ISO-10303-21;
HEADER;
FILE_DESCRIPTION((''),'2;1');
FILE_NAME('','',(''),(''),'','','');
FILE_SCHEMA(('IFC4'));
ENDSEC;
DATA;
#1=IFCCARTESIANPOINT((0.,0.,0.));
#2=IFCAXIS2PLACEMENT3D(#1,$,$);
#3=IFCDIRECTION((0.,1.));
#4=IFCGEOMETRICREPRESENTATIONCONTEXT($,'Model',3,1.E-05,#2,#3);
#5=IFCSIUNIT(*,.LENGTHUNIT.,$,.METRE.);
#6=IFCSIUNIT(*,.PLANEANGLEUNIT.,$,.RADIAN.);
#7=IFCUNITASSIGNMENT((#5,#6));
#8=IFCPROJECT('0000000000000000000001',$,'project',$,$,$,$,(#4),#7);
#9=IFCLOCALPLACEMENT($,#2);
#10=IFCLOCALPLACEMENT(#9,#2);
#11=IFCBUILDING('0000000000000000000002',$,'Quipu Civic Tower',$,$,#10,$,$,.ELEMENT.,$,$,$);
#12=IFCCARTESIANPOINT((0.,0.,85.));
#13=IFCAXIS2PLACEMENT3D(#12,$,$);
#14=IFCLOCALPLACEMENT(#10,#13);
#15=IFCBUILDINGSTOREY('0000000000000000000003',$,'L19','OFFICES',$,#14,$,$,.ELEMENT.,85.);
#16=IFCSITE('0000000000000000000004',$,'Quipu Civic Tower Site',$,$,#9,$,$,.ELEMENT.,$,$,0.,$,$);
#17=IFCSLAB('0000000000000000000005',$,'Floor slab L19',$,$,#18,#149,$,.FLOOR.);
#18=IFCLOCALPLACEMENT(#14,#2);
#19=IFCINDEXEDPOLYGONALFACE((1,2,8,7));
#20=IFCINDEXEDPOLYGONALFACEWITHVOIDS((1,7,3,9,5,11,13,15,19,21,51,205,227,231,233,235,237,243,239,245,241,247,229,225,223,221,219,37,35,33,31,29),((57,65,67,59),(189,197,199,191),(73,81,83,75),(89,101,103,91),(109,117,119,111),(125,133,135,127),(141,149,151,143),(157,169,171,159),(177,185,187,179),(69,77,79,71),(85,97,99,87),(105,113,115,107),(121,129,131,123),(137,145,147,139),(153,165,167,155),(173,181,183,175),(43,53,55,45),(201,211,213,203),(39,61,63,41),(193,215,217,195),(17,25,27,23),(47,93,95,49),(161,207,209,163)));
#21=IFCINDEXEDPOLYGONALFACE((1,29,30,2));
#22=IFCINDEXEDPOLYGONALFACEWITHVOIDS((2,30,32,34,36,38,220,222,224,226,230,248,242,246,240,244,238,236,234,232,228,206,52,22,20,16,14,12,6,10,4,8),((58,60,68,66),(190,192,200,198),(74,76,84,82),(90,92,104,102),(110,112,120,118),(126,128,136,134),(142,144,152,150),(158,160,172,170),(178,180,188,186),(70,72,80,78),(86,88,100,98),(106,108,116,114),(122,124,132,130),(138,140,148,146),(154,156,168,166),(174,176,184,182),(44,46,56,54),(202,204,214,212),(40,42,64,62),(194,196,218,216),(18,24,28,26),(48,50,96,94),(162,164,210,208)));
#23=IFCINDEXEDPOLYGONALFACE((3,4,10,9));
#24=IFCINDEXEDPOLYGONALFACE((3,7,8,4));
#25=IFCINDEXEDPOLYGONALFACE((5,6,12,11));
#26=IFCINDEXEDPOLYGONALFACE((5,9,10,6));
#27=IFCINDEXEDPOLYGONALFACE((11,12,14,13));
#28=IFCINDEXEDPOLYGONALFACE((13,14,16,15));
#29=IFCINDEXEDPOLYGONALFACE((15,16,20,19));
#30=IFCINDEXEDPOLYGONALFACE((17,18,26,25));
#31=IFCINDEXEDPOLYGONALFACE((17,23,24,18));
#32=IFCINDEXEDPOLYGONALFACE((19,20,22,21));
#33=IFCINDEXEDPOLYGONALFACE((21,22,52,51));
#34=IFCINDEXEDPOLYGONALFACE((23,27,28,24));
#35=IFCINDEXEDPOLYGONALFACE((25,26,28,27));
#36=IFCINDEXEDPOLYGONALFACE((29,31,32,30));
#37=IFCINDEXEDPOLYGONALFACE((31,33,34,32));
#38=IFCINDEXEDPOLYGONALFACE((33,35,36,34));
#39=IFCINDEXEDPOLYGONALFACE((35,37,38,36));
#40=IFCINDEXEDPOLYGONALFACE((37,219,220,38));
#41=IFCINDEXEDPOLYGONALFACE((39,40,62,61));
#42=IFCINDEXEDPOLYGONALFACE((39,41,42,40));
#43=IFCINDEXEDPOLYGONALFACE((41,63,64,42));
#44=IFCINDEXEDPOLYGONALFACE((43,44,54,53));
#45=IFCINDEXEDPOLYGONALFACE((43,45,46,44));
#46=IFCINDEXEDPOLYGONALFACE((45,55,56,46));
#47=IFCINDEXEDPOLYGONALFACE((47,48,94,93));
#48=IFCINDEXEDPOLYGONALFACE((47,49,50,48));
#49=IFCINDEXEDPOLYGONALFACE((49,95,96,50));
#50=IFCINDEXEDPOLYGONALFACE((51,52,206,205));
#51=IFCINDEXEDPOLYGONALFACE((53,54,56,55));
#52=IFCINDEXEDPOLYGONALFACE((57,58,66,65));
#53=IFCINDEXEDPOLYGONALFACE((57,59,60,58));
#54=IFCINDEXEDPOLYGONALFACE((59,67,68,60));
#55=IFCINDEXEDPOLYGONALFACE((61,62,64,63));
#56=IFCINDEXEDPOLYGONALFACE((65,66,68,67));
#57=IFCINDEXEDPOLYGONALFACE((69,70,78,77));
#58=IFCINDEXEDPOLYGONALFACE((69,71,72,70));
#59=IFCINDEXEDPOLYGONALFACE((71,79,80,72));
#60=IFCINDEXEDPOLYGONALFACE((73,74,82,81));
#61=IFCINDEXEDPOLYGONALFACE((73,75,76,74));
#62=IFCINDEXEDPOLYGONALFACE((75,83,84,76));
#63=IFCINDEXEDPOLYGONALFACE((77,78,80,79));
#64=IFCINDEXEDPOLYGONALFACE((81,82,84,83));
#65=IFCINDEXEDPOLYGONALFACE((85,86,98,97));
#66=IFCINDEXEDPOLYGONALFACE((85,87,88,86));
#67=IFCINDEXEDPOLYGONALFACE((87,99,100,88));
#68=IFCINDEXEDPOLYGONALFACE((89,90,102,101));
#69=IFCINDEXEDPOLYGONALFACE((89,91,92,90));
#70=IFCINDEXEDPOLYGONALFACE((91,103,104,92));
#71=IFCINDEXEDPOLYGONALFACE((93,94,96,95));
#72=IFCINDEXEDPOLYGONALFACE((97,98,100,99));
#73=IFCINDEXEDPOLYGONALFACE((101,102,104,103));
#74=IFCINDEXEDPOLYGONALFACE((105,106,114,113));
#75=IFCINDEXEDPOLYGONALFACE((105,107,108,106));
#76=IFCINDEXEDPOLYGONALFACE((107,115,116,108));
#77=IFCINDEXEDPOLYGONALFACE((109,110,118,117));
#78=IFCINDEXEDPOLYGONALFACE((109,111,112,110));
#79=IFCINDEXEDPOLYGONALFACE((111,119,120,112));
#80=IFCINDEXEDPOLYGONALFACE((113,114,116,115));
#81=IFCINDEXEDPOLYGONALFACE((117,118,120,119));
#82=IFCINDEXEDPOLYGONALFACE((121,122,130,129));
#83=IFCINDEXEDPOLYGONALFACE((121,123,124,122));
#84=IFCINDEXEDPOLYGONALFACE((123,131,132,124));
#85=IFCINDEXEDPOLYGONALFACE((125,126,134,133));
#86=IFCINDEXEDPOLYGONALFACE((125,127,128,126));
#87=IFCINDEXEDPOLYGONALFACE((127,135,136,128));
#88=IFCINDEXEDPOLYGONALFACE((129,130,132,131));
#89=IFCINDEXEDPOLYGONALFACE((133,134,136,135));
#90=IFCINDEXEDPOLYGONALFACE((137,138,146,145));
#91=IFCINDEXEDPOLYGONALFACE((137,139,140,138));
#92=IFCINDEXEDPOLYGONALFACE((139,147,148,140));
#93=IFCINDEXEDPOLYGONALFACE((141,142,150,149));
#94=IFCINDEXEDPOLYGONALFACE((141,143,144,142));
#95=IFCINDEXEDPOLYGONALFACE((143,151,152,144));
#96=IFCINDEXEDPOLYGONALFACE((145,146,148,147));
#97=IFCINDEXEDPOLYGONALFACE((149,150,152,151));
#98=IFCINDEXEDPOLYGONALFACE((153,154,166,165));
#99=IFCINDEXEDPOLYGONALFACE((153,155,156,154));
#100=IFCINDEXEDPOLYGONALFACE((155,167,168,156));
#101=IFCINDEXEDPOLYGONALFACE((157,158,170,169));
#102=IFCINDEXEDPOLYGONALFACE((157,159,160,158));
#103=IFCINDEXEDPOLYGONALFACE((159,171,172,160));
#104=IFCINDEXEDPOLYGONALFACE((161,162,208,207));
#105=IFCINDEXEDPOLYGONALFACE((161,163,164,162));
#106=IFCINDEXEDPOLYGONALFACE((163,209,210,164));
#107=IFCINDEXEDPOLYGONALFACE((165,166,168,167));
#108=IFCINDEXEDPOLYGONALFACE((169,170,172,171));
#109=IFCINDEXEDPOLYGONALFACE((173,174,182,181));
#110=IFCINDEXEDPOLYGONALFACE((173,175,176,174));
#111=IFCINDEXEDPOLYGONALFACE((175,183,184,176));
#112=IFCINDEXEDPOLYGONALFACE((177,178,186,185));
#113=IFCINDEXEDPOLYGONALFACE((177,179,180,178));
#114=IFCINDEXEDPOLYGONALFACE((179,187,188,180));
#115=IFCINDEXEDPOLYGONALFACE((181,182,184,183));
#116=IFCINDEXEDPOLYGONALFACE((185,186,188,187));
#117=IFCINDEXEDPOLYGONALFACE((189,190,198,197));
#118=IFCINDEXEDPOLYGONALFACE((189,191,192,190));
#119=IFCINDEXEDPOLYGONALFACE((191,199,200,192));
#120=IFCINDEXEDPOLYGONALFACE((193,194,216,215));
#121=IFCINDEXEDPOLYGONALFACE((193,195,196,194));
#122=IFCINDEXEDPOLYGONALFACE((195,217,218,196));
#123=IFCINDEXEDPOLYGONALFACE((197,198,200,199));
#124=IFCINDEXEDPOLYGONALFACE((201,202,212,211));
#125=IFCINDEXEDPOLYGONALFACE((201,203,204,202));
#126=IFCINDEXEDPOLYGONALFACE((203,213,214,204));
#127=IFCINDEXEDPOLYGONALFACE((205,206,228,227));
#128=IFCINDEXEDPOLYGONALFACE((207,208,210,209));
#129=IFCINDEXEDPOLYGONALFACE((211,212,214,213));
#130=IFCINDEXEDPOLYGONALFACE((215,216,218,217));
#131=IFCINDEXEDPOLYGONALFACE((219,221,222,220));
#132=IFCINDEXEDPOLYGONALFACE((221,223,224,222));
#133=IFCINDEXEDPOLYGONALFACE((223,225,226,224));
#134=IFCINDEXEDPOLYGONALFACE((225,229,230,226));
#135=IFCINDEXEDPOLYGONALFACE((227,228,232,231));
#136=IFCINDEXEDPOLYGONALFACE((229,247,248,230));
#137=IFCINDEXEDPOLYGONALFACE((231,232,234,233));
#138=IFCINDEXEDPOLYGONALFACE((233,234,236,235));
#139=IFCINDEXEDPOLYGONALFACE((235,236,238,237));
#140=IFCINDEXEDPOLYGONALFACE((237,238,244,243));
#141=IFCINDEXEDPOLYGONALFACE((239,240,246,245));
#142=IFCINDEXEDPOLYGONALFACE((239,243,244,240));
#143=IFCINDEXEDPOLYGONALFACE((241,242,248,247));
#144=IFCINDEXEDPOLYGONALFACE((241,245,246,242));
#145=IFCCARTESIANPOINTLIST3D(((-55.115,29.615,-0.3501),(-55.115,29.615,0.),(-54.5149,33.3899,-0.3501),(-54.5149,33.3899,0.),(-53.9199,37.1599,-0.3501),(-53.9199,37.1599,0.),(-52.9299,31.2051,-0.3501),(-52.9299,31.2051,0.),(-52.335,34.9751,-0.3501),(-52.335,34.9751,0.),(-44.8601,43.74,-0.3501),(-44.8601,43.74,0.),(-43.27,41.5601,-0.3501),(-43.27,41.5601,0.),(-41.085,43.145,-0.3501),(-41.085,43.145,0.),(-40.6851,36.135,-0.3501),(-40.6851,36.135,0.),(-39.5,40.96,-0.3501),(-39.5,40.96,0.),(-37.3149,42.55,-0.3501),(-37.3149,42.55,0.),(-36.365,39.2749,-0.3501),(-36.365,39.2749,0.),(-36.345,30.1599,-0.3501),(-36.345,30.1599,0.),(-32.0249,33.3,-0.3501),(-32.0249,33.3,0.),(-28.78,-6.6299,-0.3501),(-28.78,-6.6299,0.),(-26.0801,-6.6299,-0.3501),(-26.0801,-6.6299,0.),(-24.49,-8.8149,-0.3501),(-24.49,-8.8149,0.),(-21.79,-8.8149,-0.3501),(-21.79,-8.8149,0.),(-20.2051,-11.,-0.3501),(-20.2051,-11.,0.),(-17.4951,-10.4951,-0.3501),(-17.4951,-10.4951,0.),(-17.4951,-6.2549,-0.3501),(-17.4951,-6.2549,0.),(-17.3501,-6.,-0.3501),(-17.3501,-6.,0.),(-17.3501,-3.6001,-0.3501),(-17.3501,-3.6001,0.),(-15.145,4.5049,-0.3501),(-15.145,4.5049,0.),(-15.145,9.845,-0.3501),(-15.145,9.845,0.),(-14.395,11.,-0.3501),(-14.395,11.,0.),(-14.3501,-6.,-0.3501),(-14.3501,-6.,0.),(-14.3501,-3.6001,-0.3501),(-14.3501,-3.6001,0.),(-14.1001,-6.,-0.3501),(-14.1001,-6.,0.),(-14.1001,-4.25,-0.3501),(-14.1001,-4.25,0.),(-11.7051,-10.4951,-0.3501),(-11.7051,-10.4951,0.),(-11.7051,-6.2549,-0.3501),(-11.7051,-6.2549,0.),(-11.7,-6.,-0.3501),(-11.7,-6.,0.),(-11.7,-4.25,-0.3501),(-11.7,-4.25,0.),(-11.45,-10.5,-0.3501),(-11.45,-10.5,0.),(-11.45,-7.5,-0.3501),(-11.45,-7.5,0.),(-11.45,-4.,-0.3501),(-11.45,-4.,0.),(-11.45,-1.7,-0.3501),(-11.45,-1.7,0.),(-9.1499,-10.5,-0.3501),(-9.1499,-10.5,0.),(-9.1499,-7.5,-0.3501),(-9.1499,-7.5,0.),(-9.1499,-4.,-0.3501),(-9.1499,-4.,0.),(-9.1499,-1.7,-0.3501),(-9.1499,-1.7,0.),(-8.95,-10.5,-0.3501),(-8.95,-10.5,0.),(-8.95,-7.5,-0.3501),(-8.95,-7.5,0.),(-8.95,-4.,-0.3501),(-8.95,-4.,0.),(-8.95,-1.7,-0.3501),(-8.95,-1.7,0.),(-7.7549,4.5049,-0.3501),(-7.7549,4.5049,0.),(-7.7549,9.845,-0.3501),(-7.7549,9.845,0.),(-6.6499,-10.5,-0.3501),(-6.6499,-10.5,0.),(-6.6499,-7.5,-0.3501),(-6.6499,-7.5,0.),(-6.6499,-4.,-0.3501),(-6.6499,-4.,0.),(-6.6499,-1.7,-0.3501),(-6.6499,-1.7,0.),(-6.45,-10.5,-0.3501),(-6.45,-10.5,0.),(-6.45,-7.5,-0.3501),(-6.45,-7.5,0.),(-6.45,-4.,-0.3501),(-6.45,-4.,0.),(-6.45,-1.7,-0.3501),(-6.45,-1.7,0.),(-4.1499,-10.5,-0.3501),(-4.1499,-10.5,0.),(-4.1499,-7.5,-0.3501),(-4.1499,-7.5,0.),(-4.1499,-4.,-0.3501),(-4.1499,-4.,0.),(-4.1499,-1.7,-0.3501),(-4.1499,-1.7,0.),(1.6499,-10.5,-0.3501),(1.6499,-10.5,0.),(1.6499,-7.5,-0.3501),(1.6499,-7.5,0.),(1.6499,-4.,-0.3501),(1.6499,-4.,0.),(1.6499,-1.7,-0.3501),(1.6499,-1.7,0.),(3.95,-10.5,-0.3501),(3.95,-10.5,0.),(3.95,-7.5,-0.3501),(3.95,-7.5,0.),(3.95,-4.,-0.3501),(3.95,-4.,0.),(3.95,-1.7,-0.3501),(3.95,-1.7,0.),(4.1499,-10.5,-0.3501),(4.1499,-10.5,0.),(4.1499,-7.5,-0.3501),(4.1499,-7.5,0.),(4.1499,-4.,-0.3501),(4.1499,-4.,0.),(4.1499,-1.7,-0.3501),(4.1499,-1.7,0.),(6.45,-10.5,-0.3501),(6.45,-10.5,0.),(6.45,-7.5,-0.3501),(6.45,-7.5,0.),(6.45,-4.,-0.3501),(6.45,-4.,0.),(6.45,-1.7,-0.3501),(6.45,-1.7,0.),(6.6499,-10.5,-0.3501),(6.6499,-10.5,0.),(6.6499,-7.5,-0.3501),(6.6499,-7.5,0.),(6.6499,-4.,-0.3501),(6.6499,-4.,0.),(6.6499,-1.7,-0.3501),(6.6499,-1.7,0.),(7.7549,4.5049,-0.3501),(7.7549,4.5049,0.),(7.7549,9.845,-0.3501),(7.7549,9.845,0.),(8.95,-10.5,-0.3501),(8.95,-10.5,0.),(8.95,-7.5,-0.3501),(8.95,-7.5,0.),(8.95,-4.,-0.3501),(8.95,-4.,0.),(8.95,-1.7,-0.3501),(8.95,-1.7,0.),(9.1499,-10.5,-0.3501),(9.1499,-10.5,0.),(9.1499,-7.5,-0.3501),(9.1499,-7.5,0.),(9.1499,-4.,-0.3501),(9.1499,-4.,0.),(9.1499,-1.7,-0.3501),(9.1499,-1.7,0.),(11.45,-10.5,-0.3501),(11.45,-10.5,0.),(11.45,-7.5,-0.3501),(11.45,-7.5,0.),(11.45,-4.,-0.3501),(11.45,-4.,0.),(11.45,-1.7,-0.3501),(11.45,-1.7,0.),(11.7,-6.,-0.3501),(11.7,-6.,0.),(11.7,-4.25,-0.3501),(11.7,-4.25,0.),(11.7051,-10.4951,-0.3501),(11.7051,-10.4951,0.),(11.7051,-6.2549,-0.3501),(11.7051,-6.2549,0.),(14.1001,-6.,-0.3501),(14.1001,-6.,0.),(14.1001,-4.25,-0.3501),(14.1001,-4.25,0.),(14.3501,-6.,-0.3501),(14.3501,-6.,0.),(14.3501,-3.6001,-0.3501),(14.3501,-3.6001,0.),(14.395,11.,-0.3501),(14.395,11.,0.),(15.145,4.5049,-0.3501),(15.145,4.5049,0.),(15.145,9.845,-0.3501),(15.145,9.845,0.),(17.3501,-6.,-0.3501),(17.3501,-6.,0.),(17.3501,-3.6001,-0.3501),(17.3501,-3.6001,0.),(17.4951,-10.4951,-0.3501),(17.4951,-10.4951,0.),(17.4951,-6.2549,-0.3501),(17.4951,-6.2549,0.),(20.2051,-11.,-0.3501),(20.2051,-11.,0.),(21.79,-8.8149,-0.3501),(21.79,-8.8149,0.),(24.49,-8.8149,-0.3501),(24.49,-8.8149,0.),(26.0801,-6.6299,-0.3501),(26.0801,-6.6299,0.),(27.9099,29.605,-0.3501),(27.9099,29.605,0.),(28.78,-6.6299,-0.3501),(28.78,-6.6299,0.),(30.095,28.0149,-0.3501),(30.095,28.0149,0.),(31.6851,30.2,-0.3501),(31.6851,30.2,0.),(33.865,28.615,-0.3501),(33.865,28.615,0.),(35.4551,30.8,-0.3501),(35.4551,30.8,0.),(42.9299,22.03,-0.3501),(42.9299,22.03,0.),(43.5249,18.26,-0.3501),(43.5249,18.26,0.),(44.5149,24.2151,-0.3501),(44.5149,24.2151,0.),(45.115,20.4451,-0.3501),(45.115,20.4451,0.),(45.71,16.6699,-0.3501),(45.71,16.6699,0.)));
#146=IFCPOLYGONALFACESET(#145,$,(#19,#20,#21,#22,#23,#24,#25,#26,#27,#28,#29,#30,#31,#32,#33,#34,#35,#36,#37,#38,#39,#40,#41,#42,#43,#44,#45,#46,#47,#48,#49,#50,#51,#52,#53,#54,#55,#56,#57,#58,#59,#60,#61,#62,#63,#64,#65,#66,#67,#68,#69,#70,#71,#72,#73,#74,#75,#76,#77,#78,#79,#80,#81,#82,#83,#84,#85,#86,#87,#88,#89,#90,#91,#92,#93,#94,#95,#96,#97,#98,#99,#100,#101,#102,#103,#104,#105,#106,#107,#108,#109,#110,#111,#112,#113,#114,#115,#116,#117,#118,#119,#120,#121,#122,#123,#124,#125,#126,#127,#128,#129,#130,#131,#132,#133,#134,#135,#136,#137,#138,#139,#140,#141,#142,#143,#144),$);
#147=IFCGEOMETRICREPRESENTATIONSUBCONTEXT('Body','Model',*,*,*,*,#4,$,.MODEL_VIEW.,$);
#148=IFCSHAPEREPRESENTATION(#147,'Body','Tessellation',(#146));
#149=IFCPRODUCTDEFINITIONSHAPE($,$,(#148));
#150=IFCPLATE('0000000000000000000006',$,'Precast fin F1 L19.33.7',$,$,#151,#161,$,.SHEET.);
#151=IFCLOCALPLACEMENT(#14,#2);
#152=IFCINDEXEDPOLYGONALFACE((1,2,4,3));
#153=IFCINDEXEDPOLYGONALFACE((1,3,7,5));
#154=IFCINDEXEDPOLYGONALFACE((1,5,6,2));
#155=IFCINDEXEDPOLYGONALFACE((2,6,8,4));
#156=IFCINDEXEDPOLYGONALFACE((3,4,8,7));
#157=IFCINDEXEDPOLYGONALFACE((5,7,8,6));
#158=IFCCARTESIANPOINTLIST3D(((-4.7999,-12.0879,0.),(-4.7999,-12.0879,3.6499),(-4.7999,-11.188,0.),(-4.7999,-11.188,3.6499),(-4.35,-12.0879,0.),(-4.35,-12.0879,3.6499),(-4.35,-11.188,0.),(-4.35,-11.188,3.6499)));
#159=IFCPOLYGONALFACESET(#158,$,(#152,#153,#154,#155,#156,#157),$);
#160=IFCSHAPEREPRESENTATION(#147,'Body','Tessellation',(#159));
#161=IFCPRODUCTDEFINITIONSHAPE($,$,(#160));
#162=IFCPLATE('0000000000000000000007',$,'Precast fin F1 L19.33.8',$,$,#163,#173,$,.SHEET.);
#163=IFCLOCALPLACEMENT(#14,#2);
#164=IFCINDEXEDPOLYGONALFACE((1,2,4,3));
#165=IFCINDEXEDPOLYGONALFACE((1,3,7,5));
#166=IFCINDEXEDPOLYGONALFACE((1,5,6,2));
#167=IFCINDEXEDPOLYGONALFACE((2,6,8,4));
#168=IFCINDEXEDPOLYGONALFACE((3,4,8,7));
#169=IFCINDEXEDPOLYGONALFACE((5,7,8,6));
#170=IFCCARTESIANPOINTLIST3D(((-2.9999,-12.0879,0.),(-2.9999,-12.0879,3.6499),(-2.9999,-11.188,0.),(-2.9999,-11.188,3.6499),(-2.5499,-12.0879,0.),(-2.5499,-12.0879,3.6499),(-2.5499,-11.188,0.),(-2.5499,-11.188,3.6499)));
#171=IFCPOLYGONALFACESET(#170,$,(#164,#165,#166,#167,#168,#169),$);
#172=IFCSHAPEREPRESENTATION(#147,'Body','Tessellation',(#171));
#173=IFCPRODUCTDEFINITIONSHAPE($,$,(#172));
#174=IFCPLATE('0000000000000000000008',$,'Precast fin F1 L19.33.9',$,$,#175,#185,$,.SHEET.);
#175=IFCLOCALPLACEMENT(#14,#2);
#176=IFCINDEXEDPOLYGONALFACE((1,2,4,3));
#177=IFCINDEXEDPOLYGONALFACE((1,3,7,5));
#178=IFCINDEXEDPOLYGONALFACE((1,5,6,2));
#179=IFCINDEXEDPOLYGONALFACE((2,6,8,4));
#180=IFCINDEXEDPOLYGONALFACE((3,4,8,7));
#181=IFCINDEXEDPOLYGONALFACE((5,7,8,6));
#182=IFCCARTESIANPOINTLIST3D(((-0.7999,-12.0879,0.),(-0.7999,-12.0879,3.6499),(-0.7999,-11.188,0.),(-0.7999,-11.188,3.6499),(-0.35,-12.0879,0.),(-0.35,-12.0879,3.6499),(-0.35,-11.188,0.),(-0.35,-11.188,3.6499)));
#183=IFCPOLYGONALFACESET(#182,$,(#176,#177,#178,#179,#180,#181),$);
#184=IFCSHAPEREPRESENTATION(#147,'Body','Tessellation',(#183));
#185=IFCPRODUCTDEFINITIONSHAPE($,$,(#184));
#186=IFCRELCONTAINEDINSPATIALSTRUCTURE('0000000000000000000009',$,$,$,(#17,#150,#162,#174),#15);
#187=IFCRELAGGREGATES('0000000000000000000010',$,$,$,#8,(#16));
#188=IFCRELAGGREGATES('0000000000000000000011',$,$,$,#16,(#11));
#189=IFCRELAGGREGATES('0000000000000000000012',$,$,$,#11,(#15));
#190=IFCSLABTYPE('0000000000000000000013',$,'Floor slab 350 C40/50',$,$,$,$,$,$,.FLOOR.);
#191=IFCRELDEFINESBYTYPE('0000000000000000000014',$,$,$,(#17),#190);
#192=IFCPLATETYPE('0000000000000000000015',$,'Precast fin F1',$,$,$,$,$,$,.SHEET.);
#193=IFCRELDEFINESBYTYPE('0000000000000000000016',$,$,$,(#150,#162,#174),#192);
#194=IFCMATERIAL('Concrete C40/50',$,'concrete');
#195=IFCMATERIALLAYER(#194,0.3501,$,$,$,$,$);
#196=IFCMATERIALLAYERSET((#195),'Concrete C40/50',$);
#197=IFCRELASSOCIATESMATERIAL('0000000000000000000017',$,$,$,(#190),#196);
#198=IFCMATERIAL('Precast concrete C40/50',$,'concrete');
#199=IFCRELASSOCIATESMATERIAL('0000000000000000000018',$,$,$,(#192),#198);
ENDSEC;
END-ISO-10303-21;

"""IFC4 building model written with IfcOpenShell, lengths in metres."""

from ifc_helpers import new_model, si_unit, direction, frame, origin, origin_2d, place, context, subcontext, project, spatial, polyline, rectangle, outline, extrude, material, layer, layer_set, type_object, element, save


model = new_model("IFC4")

# Units and contexts
model_context = context("Model", 3, precision=1e-05, world=origin(), true_north=direction((0.0, 1.0)))
body_context = subcontext(model_context, "Body", "Model", "MODEL_VIEW")
ifc_project = project(units=[si_unit("LENGTHUNIT", "METRE"), si_unit("PLANEANGLEUNIT", "RADIAN")], contexts=[model_context])

# Site, building, storey
site_placement = place(None, origin())
site = spatial("IfcSite", under=ifc_project, at=site_placement, Name="Quipu Civic Tower Site", CompositionType="ELEMENT", RefElevation=0.0)
building_placement = place(site_placement, origin())
building = spatial("IfcBuilding", under=site, at=building_placement, Name="Quipu Civic Tower", CompositionType="ELEMENT")
storey_placement = place(building_placement, frame((0.0, 0.0, 85.0)))
storey = spatial("IfcBuildingStorey", under=building, at=storey_placement, Name="L19", Description="OFFICES", CompositionType="ELEMENT", Elevation=85.0)

# Slab
ifc_material_1 = material(Name="Concrete C40/50", Category="concrete")
ifc_layer_1 = layer(ifc_material_1, 0.3501)
ifc_layer_set_1 = layer_set([ifc_layer_1], Name="Concrete C40/50")
slab_type_1 = type_object("IfcSlabType", Name="Floor slab 350 C40/50", PredefinedType="FLOOR", material=ifc_layer_set_1)
slab_1_placement = place(storey_placement, frame((0.0, 0.0, -0.3501)))
element("IfcSlab", 1, at=slab_1_placement, inside=storey, type_object=slab_type_1, Name="Floor slab L19", PredefinedType="FLOOR", context=body_context, shape_type="SweptSolid", body=[
    extrude(outline(polyline([(27.9099, 29.605), (30.095, 28.0149), (31.6851, 30.2), (33.865, 28.615), (35.4551, 30.8), (44.5149, 24.2151), (42.9299, 22.03), (45.115, 20.4451), (43.5249, 18.26), (45.71, 16.6699), (28.78, -6.6299), (26.0801, -6.6299), (24.49, -8.8149), (21.79, -8.8149), (20.2051, -11.0), (-20.2051, -11.0), (-21.79, -8.8149), (-24.49, -8.8149), (-26.0801, -6.6299), (-28.78, -6.6299), (-55.115, 29.615), (-52.9299, 31.2051), (-54.5149, 33.3899), (-52.335, 34.9751), (-53.9199, 37.1599), (-44.8601, 43.74), (-43.27, 41.5601), (-41.085, 43.145), (-39.5, 40.96), (-37.3149, 42.55), (-14.395, 11.0), (14.395, 11.0), (27.9099, 29.605)]), holes=[polyline([(-11.45, -7.5), (-11.45, -10.5), (-9.1499, -10.5), (-9.1499, -7.5), (-11.45, -7.5)]), polyline([(-8.95, -7.5), (-8.95, -10.5), (-6.6499, -10.5), (-6.6499, -7.5), (-8.95, -7.5)]), polyline([(-6.45, -7.5), (-6.45, -10.5), (-4.1499, -10.5), (-4.1499, -7.5), (-6.45, -7.5)]), polyline([(-11.7051, -10.4951), (-11.7051, -6.2549), (-17.4951, -6.2549), (-17.4951, -10.4951), (-11.7051, -10.4951)]), polyline([(-11.7, -4.25), (-14.1001, -4.25), (-14.1001, -6.0), (-11.7, -6.0), (-11.7, -4.25)]), polyline([(-17.3501, -3.6001), (-17.3501, -6.0), (-14.3501, -6.0), (-14.3501, -3.6001), (-17.3501, -3.6001)]), polyline([(-9.1499, -1.7), (-11.45, -1.7), (-11.45, -4.0), (-9.1499, -4.0), (-9.1499, -1.7)]), polyline([(-6.6499, -1.7), (-8.95, -1.7), (-8.95, -4.0), (-6.6499, -4.0), (-6.6499, -1.7)]), polyline([(-6.45, -1.7), (-6.45, -4.0), (-4.1499, -4.0), (-4.1499, -1.7), (-6.45, -1.7)]), polyline([(3.95, -1.7), (1.6499, -1.7), (1.6499, -4.0), (3.95, -4.0), (3.95, -1.7)]), polyline([(-7.7549, 4.5049), (-7.7549, 9.845), (-15.145, 9.845), (-15.145, 4.5049), (-7.7549, 4.5049)]), polyline([(-40.6851, 36.135), (-36.345, 30.1599), (-32.0249, 33.3), (-36.365, 39.2749), (-40.6851, 36.135)]), polyline([(3.95, -7.5), (1.6499, -7.5), (1.6499, -10.5), (3.95, -10.5), (3.95, -7.5)]), polyline([(6.45, -7.5), (4.1499, -7.5), (4.1499, -10.5), (6.45, -10.5), (6.45, -7.5)]), polyline([(6.6499, -7.5), (6.6499, -10.5), (8.95, -10.5), (8.95, -7.5), (6.6499, -7.5)]), polyline([(11.45, -7.5), (9.1499, -7.5), (9.1499, -10.5), (11.45, -10.5), (11.45, -7.5)]), polyline([(11.7051, -6.2549), (11.7051, -10.4951), (17.4951, -10.4951), (17.4951, -6.2549), (11.7051, -6.2549)]), polyline([(11.7, -4.25), (11.7, -6.0), (14.1001, -6.0), (14.1001, -4.25), (11.7, -4.25)]), polyline([(17.3501, -3.6001), (14.3501, -3.6001), (14.3501, -6.0), (17.3501, -6.0), (17.3501, -3.6001)]), polyline([(6.45, -1.7), (4.1499, -1.7), (4.1499, -4.0), (6.45, -4.0), (6.45, -1.7)]), polyline([(6.6499, -1.7), (6.6499, -4.0), (8.95, -4.0), (8.95, -1.7), (6.6499, -1.7)]), polyline([(11.45, -1.7), (9.1499, -1.7), (9.1499, -4.0), (11.45, -4.0), (11.45, -1.7)]), polyline([(7.7549, 9.845), (7.7549, 4.5049), (15.145, 4.5049), (15.145, 9.845), (7.7549, 9.845)])]), origin(), (0.0, 0.0, 1.0), 0.3501),
])

# Plates
ifc_material_2 = material(Name="Precast concrete C40/50", Category="concrete")
plate_type = type_object("IfcPlateType", Name="Precast fin F1", PredefinedType="SHEET", material=ifc_material_2)
for number, where, z_axis, x_axis, name in (
    (2, (-4.575, -11.6379, 0.0), (0.0, 0.0, 1.0), (1.0, 0.0, 0.0), "Precast fin F1 L19.33.7"),
    (3, (-2.7749, -11.6379, 0.0), (0.0, 0.0, 1.0), (1.0, 0.0, 0.0), "Precast fin F1 L19.33.8"),
    (4, (-0.575, -11.6379, 0.0), (0.0, 0.0, 1.0), (1.0, 0.0, 0.0), "Precast fin F1 L19.33.9"),
):
    element("IfcPlate", number, at=place(storey_placement, frame(where, z_axis=z_axis, x_axis=x_axis)), inside=storey, type_object=plate_type, Name=name, PredefinedType="SHEET", context=body_context, shape_type="SweptSolid", body=[
        extrude(rectangle(XDim=0.45, YDim=0.8999, at=origin_2d()), origin(), (0.0, 0.0, 1.0), 3.6499),
    ])

save(model, "model.ifc")
